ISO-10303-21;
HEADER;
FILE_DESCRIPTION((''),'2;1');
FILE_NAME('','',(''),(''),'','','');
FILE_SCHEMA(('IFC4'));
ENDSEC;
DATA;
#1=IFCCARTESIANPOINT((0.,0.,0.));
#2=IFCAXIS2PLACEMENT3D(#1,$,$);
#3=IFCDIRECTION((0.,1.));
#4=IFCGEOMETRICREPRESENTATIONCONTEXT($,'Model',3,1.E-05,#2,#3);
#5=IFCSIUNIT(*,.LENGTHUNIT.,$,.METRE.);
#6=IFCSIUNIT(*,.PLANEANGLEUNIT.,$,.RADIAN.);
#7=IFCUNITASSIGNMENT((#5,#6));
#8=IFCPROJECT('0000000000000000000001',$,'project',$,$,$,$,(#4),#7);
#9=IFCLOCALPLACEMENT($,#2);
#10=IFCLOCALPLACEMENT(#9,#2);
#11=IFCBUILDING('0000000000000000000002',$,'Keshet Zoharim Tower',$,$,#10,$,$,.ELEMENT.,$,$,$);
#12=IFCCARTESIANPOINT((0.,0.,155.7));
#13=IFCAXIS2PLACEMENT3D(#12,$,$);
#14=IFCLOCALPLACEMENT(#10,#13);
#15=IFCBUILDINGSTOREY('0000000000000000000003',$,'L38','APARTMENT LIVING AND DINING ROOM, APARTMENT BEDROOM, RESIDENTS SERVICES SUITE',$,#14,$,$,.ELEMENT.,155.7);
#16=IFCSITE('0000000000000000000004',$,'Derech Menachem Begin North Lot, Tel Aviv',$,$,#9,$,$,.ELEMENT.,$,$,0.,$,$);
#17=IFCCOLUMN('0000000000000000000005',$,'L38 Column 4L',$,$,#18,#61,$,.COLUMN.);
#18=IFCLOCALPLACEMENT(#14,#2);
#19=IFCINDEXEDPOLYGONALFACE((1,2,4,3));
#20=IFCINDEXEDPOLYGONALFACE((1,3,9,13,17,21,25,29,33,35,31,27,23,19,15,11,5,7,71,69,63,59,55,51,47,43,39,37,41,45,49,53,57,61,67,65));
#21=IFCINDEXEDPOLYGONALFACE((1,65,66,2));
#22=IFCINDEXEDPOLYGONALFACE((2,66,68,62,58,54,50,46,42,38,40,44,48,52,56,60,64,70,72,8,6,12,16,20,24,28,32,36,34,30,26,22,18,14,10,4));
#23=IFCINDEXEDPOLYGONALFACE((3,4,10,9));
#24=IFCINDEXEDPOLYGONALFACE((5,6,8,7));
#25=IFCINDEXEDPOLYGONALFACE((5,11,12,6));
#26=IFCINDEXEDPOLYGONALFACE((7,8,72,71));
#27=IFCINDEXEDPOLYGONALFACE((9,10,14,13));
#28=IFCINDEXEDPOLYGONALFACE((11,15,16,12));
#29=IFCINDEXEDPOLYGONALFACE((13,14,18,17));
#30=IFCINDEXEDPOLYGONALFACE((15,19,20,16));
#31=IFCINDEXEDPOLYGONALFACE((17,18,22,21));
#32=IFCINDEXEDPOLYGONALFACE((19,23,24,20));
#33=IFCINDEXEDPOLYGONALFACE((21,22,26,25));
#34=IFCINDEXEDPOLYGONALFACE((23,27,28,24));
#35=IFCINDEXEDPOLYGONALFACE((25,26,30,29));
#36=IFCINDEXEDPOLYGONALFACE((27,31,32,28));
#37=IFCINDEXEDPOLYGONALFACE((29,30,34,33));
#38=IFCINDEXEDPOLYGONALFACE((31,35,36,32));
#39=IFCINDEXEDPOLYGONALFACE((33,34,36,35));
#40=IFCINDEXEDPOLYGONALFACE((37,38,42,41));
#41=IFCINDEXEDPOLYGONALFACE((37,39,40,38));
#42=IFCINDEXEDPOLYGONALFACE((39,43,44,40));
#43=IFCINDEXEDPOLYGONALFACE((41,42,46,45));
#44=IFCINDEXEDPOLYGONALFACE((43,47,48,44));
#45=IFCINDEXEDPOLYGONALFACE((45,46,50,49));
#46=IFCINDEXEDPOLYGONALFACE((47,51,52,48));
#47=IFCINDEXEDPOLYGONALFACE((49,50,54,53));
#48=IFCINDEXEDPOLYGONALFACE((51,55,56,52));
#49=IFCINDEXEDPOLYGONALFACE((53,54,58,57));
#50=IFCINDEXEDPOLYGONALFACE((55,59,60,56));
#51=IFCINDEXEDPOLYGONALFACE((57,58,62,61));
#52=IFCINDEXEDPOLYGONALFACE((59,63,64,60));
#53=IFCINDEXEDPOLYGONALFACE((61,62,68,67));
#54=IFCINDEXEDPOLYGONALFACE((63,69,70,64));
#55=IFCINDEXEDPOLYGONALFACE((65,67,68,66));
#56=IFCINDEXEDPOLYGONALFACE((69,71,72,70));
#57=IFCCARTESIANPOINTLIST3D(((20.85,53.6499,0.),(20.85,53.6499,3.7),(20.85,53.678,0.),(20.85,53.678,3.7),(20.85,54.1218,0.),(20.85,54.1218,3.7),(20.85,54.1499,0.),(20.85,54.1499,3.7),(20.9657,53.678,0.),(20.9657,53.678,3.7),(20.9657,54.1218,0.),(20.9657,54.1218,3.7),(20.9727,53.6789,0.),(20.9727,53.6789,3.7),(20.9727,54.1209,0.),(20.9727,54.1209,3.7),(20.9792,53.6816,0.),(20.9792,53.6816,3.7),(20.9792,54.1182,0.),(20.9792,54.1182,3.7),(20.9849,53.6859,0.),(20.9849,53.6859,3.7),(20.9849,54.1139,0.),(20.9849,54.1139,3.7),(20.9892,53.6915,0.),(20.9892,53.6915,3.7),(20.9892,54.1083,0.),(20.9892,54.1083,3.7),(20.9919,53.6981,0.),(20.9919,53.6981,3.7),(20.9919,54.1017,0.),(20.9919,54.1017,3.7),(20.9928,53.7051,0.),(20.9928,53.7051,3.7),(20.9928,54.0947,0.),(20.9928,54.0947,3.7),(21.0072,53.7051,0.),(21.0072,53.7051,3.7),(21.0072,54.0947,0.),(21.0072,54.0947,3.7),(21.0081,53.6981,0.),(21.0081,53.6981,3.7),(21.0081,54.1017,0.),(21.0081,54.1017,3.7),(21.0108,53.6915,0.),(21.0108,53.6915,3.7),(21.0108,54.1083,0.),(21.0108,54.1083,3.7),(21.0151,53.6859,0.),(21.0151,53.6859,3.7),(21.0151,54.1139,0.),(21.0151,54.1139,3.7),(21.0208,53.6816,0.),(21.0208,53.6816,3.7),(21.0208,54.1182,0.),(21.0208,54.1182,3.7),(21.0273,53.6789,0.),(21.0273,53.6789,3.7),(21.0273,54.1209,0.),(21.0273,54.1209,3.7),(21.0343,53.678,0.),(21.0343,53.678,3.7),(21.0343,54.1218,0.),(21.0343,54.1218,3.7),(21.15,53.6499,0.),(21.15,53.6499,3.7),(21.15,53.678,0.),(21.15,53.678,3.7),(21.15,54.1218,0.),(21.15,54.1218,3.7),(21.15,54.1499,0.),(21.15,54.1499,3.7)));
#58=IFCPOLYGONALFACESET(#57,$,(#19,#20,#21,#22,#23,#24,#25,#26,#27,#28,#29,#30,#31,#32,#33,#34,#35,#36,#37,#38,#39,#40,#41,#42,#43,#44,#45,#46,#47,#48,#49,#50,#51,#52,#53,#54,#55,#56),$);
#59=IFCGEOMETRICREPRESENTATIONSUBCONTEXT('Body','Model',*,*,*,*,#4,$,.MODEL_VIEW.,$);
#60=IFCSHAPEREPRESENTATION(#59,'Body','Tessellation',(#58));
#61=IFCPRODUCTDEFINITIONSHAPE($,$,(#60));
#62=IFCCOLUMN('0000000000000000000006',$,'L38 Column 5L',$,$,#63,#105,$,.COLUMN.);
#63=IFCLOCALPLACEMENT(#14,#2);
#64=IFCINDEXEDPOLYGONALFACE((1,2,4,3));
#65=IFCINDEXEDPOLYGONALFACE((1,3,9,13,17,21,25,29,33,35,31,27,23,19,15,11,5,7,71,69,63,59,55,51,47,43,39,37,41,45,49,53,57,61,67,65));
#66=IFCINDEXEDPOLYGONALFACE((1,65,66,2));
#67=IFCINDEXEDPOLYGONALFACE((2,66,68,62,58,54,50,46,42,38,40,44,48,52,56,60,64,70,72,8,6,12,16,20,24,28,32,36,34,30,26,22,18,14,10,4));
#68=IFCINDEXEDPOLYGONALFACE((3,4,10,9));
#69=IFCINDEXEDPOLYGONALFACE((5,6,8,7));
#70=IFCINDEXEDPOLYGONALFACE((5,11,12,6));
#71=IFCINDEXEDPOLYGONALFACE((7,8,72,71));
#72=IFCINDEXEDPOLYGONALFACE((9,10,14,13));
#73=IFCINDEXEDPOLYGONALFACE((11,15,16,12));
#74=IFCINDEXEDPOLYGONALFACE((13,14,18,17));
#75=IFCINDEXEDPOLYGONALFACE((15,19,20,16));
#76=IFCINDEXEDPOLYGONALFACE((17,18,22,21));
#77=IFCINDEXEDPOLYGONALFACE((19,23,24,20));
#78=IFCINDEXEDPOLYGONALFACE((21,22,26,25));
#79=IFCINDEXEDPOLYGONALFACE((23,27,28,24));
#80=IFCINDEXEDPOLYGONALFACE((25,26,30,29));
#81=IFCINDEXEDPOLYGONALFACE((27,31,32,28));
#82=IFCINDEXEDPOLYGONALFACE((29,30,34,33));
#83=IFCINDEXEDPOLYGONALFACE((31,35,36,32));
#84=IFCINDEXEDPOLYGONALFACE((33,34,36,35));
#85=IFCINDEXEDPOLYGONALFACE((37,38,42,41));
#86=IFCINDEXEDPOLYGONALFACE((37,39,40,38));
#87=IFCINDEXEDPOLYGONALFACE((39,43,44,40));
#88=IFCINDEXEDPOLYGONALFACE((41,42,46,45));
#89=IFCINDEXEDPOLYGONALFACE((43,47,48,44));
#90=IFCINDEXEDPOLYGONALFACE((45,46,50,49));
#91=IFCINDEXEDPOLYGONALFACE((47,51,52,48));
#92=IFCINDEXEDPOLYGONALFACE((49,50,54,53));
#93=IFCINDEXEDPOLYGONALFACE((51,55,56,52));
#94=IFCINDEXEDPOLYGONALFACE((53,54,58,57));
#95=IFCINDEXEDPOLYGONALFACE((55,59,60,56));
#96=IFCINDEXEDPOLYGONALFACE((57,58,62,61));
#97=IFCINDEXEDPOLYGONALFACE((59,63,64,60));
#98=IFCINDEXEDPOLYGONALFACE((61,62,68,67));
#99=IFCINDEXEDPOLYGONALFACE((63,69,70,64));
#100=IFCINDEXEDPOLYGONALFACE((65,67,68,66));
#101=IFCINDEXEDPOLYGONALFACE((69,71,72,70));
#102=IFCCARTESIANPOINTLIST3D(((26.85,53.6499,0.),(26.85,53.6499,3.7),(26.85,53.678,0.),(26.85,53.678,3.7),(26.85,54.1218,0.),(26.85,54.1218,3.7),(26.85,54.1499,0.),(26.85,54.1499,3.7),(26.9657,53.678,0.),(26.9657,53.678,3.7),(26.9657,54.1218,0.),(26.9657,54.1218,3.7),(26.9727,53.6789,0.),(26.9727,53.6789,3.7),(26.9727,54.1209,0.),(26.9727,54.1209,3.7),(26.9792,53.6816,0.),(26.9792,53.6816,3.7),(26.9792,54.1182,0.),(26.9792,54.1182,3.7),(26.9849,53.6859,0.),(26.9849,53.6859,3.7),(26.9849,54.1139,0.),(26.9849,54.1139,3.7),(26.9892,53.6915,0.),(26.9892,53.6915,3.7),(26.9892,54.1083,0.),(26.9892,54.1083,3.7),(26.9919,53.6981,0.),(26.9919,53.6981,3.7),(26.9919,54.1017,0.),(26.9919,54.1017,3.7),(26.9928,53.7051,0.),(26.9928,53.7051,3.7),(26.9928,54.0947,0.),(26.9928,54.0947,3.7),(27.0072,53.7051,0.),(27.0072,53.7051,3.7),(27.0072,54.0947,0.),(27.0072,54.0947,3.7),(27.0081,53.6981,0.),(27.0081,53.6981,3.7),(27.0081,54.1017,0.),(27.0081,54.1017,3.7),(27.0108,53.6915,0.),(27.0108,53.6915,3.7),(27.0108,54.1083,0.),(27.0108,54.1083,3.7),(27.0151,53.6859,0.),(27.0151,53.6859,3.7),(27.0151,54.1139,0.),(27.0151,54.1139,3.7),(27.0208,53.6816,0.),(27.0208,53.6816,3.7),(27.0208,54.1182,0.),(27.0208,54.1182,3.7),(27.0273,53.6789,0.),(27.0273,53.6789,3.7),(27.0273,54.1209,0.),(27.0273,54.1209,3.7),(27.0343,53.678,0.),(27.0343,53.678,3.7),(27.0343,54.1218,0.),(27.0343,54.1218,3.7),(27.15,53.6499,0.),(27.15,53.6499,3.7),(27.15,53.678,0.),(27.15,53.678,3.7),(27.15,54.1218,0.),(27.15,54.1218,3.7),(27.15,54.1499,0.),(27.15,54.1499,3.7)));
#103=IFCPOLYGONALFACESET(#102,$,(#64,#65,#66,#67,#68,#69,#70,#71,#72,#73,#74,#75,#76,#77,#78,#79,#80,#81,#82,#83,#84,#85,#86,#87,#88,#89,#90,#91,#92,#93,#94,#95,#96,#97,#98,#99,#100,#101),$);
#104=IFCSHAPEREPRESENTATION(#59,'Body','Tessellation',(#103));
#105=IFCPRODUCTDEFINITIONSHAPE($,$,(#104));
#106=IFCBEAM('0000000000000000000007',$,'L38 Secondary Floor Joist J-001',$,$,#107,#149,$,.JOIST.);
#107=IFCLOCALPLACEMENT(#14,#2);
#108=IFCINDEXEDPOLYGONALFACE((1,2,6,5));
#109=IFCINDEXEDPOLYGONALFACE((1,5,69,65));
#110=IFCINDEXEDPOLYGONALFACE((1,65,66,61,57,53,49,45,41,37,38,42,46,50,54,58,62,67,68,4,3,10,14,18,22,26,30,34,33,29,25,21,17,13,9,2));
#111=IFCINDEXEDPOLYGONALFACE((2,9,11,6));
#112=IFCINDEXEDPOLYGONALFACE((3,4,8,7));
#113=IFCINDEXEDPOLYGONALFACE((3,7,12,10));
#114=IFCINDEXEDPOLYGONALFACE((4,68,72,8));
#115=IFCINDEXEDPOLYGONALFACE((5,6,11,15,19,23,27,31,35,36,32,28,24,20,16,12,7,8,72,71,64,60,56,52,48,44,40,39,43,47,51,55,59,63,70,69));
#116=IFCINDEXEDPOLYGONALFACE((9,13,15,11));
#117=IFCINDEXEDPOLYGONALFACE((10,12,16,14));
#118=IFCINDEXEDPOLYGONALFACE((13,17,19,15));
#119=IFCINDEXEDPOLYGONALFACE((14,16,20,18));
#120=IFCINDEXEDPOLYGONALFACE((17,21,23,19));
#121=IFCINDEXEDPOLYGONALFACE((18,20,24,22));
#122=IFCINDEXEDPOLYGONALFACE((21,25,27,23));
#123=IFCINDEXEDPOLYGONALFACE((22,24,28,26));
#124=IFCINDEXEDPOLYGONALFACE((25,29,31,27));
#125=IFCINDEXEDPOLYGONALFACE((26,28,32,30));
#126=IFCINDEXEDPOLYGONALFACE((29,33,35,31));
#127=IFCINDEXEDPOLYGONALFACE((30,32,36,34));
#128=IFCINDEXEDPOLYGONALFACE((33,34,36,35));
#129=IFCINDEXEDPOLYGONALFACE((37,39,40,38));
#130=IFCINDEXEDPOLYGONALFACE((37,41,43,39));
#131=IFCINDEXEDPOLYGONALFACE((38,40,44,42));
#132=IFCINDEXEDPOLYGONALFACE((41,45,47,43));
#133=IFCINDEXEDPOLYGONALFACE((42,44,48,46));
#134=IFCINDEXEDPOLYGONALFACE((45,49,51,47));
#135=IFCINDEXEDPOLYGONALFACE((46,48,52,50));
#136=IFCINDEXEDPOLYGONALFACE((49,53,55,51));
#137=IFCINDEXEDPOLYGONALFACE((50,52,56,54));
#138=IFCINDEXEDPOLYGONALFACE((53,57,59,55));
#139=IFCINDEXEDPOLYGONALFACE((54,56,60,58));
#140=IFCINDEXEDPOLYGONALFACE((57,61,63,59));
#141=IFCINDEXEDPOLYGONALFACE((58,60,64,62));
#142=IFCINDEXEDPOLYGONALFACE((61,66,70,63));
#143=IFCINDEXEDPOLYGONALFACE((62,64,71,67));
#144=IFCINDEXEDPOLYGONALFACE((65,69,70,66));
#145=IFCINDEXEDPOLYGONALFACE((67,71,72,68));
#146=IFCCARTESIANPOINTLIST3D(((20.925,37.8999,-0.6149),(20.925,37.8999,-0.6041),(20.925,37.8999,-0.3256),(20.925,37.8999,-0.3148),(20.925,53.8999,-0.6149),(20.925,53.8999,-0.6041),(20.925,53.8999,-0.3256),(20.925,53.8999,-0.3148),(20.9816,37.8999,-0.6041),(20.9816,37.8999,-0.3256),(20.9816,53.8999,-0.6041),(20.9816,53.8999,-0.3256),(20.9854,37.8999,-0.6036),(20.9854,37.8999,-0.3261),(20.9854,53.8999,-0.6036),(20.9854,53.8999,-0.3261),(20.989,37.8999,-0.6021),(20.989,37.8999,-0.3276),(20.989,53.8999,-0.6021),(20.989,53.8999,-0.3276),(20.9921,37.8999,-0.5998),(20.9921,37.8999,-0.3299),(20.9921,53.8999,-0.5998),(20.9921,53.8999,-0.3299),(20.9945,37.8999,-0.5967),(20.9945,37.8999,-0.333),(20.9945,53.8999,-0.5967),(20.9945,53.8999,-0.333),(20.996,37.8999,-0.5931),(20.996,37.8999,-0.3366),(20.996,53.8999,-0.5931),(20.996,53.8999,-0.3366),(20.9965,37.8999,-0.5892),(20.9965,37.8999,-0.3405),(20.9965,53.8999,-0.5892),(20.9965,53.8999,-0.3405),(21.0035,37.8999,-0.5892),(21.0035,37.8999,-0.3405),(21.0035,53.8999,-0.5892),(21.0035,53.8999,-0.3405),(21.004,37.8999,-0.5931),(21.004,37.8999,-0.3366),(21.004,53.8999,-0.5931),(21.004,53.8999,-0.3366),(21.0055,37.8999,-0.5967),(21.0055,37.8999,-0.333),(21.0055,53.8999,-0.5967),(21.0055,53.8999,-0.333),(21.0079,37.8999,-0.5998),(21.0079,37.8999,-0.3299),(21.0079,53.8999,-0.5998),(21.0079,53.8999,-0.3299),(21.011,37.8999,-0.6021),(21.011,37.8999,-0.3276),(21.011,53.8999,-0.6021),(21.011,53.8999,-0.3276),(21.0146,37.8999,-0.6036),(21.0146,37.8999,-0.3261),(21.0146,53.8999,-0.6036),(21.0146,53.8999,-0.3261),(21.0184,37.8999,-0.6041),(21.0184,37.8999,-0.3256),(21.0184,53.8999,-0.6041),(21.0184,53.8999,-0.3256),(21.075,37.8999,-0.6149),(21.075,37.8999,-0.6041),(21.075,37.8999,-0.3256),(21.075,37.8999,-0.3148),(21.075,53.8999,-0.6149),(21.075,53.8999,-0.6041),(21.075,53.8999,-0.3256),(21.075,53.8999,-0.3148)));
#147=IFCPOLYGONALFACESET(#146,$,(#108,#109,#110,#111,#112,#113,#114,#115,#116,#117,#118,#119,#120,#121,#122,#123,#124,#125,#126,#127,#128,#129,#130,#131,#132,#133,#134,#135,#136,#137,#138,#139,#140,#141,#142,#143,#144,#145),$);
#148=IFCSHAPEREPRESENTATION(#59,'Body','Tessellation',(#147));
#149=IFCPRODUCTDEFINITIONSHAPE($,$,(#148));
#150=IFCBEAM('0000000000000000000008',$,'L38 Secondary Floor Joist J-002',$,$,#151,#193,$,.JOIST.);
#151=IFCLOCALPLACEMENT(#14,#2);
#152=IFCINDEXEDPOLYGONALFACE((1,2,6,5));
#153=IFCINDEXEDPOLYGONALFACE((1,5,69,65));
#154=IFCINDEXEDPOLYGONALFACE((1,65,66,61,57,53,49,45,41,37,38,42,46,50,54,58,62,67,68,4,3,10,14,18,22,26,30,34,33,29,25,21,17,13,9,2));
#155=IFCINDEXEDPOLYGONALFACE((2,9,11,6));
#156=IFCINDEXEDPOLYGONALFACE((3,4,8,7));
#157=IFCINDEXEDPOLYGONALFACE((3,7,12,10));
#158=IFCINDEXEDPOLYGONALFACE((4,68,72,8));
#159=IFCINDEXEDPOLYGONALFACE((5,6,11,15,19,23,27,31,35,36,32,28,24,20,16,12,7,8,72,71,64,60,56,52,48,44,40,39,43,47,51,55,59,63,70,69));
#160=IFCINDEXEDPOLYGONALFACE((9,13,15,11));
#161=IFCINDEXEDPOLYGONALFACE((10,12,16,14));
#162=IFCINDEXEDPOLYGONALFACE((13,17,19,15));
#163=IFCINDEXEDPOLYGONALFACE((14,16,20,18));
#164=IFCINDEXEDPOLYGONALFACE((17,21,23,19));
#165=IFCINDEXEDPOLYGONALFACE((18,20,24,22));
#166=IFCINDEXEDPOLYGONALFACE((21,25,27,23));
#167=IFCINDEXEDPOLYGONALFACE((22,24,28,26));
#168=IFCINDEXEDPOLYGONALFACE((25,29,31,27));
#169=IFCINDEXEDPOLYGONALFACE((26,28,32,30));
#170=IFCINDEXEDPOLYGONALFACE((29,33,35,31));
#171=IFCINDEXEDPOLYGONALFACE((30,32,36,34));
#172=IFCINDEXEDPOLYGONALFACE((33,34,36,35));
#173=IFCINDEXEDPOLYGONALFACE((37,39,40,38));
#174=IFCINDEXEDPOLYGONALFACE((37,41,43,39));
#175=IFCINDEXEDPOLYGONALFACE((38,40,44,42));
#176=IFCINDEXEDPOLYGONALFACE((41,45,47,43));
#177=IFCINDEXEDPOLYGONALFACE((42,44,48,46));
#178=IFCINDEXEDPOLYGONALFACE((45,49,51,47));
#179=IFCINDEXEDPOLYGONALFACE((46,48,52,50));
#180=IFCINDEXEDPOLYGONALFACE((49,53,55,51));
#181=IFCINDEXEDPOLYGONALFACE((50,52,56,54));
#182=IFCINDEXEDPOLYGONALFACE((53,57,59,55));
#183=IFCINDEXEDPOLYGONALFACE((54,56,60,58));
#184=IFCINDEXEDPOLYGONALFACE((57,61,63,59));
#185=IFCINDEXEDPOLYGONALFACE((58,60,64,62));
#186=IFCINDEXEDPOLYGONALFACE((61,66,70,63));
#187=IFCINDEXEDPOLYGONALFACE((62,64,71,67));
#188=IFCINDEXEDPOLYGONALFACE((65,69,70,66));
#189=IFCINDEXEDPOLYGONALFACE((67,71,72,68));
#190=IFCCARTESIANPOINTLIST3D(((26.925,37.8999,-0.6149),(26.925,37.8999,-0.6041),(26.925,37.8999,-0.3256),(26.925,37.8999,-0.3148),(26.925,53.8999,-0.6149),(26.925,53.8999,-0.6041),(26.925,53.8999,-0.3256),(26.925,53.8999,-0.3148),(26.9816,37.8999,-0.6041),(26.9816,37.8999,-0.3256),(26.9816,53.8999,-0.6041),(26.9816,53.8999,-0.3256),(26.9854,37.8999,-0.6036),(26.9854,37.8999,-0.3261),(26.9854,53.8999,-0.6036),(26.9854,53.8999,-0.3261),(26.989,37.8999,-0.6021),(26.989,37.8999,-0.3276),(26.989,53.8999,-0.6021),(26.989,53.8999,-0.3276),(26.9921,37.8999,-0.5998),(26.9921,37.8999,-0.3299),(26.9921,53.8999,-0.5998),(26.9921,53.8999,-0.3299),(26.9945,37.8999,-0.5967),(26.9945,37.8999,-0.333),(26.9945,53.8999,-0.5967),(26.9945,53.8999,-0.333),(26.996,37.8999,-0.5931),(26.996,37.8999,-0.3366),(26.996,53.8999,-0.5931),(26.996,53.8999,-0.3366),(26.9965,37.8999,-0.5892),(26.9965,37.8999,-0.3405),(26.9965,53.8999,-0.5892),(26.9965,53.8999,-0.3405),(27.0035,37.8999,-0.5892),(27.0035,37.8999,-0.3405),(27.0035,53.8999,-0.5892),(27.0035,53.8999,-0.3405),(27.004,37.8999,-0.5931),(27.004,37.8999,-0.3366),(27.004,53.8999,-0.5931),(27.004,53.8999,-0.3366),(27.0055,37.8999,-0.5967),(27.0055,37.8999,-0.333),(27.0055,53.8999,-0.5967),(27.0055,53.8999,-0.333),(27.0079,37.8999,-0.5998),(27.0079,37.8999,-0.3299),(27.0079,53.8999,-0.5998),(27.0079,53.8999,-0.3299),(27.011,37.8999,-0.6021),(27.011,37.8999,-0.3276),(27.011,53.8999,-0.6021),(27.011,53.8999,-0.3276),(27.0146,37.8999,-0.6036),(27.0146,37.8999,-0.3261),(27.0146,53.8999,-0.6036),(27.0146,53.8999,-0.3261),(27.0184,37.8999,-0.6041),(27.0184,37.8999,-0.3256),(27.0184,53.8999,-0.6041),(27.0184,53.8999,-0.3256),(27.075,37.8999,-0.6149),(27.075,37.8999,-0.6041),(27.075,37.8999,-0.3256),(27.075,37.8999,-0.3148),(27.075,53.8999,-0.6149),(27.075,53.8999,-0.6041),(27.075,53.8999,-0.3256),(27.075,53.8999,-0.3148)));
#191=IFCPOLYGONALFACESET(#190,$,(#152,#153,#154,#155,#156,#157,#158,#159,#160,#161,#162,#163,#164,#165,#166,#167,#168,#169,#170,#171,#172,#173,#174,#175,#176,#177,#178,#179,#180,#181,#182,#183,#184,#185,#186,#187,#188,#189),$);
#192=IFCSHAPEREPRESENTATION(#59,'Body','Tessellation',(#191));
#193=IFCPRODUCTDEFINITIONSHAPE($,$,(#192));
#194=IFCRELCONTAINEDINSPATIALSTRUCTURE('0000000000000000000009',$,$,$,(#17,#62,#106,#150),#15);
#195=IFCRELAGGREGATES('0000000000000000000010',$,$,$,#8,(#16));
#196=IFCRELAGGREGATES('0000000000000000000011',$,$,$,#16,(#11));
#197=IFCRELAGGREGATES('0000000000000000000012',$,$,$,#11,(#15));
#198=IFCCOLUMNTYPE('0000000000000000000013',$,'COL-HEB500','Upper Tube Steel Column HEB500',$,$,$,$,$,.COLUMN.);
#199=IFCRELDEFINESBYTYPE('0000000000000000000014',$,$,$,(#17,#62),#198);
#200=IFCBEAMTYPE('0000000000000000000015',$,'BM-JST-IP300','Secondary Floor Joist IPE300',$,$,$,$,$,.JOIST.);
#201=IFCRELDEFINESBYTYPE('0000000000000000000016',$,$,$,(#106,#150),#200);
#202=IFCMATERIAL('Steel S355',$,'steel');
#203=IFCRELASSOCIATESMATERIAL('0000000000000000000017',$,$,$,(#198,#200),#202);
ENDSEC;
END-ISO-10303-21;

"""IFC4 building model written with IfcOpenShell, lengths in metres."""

from ifc_helpers import new_model, si_unit, direction, frame, origin, origin_2d, place, context, subcontext, project, spatial, i_section, extrude, material, material_profile, profile_set, type_object, element, save


model = new_model("IFC4")

# Units and contexts
model_context = context("Model", 3, precision=1e-05, world=origin(), true_north=direction((0.0, 1.0)))
body_context = subcontext(model_context, "Body", "Model", "MODEL_VIEW")
ifc_project = project(units=[si_unit("LENGTHUNIT", "METRE"), si_unit("PLANEANGLEUNIT", "RADIAN")], contexts=[model_context])

# Site, building, storey
site_placement = place(None, origin())
site = spatial("IfcSite", under=ifc_project, at=site_placement, Name="Derech Menachem Begin North Lot, Tel Aviv", CompositionType="ELEMENT", RefElevation=0.0)
building_placement = place(site_placement, origin())
building = spatial("IfcBuilding", under=site, at=building_placement, Name="Keshet Zoharim Tower", CompositionType="ELEMENT")
storey_placement = place(building_placement, frame((0.0, 0.0, 155.7)))
storey = spatial("IfcBuildingStorey", under=building, at=storey_placement, Name="L38", Description="APARTMENT LIVING AND DINING ROOM, APARTMENT BEDROOM, RESIDENTS SERVICES SUITE", CompositionType="ELEMENT", Elevation=155.7)

# Columns
ifc_material_1 = material(Name="Steel S355", Category="steel")
ifc_material_profile_1 = material_profile(ifc_material_1, i_section(OverallWidth=0.3, OverallDepth=0.5, WebThickness=0.0144, FlangeThickness=0.0281, FilletRadius=0.0271, at=origin_2d()), Name="HEB500")
ifc_profile_set_1 = profile_set([ifc_material_profile_1], Name="Steel S355")
column_type = type_object("IfcColumnType", Name="COL-HEB500", Description="Upper Tube Steel Column HEB500", PredefinedType="COLUMN", material=ifc_profile_set_1)
for number, where, z_axis, x_axis, name in (
    (1, (21.0, 53.8999, 0.0), (0.0, 0.0, 1.0), (1.0, 0.0, 0.0), "L38 Column 4L"),
    (2, (27.0, 53.8999, 0.0), (0.0, 0.0, 1.0), (1.0, 0.0, 0.0), "L38 Column 5L"),
):
    element("IfcColumn", number, at=place(storey_placement, frame(where, z_axis=z_axis, x_axis=x_axis)), inside=storey, type_object=column_type, Name=name, PredefinedType="COLUMN", context=body_context, shape_type="SweptSolid", body=[
        extrude(i_section(OverallWidth=0.3, OverallDepth=0.5, WebThickness=0.0144, FlangeThickness=0.0281, FilletRadius=0.0271, at=origin_2d()), origin(), (0.0, 0.0, 1.0), 3.7),
    ])

# Beams
ifc_material_profile_2 = material_profile(ifc_material_1, i_section(OverallWidth=0.1499, OverallDepth=0.3, WebThickness=0.0071, FlangeThickness=0.0107, FilletRadius=0.0149, at=origin_2d()), Name="IPE300")
ifc_profile_set_2 = profile_set([ifc_material_profile_2], Name="Steel S355")
beam_type_1 = type_object("IfcBeamType", Name="BM-JST-IP300", Description="Secondary Floor Joist IPE300", PredefinedType="JOIST", material=ifc_profile_set_2)
for number, where, z_axis, x_axis, name in (
    (3, (21.0, 37.8999, -0.4648), (0.0, 1.0, 0.0), (-1.0, 0.0, 0.0), "L38 Secondary Floor Joist J-001"),
    (4, (27.0, 37.8999, -0.4648), (0.0, 1.0, 0.0), (-1.0, 0.0, 0.0), "L38 Secondary Floor Joist J-002"),
):
    element("IfcBeam", number, at=place(storey_placement, frame(where, z_axis=z_axis, x_axis=x_axis)), inside=storey, type_object=beam_type_1, Name=name, PredefinedType="JOIST", context=body_context, shape_type="SweptSolid", body=[
        extrude(i_section(OverallWidth=0.1499, OverallDepth=0.3, WebThickness=0.0071, FlangeThickness=0.0107, FilletRadius=0.0149, at=origin_2d()), origin(), (0.0, 0.0, 1.0), 16.0),
    ])

save(model, "model.ifc")
